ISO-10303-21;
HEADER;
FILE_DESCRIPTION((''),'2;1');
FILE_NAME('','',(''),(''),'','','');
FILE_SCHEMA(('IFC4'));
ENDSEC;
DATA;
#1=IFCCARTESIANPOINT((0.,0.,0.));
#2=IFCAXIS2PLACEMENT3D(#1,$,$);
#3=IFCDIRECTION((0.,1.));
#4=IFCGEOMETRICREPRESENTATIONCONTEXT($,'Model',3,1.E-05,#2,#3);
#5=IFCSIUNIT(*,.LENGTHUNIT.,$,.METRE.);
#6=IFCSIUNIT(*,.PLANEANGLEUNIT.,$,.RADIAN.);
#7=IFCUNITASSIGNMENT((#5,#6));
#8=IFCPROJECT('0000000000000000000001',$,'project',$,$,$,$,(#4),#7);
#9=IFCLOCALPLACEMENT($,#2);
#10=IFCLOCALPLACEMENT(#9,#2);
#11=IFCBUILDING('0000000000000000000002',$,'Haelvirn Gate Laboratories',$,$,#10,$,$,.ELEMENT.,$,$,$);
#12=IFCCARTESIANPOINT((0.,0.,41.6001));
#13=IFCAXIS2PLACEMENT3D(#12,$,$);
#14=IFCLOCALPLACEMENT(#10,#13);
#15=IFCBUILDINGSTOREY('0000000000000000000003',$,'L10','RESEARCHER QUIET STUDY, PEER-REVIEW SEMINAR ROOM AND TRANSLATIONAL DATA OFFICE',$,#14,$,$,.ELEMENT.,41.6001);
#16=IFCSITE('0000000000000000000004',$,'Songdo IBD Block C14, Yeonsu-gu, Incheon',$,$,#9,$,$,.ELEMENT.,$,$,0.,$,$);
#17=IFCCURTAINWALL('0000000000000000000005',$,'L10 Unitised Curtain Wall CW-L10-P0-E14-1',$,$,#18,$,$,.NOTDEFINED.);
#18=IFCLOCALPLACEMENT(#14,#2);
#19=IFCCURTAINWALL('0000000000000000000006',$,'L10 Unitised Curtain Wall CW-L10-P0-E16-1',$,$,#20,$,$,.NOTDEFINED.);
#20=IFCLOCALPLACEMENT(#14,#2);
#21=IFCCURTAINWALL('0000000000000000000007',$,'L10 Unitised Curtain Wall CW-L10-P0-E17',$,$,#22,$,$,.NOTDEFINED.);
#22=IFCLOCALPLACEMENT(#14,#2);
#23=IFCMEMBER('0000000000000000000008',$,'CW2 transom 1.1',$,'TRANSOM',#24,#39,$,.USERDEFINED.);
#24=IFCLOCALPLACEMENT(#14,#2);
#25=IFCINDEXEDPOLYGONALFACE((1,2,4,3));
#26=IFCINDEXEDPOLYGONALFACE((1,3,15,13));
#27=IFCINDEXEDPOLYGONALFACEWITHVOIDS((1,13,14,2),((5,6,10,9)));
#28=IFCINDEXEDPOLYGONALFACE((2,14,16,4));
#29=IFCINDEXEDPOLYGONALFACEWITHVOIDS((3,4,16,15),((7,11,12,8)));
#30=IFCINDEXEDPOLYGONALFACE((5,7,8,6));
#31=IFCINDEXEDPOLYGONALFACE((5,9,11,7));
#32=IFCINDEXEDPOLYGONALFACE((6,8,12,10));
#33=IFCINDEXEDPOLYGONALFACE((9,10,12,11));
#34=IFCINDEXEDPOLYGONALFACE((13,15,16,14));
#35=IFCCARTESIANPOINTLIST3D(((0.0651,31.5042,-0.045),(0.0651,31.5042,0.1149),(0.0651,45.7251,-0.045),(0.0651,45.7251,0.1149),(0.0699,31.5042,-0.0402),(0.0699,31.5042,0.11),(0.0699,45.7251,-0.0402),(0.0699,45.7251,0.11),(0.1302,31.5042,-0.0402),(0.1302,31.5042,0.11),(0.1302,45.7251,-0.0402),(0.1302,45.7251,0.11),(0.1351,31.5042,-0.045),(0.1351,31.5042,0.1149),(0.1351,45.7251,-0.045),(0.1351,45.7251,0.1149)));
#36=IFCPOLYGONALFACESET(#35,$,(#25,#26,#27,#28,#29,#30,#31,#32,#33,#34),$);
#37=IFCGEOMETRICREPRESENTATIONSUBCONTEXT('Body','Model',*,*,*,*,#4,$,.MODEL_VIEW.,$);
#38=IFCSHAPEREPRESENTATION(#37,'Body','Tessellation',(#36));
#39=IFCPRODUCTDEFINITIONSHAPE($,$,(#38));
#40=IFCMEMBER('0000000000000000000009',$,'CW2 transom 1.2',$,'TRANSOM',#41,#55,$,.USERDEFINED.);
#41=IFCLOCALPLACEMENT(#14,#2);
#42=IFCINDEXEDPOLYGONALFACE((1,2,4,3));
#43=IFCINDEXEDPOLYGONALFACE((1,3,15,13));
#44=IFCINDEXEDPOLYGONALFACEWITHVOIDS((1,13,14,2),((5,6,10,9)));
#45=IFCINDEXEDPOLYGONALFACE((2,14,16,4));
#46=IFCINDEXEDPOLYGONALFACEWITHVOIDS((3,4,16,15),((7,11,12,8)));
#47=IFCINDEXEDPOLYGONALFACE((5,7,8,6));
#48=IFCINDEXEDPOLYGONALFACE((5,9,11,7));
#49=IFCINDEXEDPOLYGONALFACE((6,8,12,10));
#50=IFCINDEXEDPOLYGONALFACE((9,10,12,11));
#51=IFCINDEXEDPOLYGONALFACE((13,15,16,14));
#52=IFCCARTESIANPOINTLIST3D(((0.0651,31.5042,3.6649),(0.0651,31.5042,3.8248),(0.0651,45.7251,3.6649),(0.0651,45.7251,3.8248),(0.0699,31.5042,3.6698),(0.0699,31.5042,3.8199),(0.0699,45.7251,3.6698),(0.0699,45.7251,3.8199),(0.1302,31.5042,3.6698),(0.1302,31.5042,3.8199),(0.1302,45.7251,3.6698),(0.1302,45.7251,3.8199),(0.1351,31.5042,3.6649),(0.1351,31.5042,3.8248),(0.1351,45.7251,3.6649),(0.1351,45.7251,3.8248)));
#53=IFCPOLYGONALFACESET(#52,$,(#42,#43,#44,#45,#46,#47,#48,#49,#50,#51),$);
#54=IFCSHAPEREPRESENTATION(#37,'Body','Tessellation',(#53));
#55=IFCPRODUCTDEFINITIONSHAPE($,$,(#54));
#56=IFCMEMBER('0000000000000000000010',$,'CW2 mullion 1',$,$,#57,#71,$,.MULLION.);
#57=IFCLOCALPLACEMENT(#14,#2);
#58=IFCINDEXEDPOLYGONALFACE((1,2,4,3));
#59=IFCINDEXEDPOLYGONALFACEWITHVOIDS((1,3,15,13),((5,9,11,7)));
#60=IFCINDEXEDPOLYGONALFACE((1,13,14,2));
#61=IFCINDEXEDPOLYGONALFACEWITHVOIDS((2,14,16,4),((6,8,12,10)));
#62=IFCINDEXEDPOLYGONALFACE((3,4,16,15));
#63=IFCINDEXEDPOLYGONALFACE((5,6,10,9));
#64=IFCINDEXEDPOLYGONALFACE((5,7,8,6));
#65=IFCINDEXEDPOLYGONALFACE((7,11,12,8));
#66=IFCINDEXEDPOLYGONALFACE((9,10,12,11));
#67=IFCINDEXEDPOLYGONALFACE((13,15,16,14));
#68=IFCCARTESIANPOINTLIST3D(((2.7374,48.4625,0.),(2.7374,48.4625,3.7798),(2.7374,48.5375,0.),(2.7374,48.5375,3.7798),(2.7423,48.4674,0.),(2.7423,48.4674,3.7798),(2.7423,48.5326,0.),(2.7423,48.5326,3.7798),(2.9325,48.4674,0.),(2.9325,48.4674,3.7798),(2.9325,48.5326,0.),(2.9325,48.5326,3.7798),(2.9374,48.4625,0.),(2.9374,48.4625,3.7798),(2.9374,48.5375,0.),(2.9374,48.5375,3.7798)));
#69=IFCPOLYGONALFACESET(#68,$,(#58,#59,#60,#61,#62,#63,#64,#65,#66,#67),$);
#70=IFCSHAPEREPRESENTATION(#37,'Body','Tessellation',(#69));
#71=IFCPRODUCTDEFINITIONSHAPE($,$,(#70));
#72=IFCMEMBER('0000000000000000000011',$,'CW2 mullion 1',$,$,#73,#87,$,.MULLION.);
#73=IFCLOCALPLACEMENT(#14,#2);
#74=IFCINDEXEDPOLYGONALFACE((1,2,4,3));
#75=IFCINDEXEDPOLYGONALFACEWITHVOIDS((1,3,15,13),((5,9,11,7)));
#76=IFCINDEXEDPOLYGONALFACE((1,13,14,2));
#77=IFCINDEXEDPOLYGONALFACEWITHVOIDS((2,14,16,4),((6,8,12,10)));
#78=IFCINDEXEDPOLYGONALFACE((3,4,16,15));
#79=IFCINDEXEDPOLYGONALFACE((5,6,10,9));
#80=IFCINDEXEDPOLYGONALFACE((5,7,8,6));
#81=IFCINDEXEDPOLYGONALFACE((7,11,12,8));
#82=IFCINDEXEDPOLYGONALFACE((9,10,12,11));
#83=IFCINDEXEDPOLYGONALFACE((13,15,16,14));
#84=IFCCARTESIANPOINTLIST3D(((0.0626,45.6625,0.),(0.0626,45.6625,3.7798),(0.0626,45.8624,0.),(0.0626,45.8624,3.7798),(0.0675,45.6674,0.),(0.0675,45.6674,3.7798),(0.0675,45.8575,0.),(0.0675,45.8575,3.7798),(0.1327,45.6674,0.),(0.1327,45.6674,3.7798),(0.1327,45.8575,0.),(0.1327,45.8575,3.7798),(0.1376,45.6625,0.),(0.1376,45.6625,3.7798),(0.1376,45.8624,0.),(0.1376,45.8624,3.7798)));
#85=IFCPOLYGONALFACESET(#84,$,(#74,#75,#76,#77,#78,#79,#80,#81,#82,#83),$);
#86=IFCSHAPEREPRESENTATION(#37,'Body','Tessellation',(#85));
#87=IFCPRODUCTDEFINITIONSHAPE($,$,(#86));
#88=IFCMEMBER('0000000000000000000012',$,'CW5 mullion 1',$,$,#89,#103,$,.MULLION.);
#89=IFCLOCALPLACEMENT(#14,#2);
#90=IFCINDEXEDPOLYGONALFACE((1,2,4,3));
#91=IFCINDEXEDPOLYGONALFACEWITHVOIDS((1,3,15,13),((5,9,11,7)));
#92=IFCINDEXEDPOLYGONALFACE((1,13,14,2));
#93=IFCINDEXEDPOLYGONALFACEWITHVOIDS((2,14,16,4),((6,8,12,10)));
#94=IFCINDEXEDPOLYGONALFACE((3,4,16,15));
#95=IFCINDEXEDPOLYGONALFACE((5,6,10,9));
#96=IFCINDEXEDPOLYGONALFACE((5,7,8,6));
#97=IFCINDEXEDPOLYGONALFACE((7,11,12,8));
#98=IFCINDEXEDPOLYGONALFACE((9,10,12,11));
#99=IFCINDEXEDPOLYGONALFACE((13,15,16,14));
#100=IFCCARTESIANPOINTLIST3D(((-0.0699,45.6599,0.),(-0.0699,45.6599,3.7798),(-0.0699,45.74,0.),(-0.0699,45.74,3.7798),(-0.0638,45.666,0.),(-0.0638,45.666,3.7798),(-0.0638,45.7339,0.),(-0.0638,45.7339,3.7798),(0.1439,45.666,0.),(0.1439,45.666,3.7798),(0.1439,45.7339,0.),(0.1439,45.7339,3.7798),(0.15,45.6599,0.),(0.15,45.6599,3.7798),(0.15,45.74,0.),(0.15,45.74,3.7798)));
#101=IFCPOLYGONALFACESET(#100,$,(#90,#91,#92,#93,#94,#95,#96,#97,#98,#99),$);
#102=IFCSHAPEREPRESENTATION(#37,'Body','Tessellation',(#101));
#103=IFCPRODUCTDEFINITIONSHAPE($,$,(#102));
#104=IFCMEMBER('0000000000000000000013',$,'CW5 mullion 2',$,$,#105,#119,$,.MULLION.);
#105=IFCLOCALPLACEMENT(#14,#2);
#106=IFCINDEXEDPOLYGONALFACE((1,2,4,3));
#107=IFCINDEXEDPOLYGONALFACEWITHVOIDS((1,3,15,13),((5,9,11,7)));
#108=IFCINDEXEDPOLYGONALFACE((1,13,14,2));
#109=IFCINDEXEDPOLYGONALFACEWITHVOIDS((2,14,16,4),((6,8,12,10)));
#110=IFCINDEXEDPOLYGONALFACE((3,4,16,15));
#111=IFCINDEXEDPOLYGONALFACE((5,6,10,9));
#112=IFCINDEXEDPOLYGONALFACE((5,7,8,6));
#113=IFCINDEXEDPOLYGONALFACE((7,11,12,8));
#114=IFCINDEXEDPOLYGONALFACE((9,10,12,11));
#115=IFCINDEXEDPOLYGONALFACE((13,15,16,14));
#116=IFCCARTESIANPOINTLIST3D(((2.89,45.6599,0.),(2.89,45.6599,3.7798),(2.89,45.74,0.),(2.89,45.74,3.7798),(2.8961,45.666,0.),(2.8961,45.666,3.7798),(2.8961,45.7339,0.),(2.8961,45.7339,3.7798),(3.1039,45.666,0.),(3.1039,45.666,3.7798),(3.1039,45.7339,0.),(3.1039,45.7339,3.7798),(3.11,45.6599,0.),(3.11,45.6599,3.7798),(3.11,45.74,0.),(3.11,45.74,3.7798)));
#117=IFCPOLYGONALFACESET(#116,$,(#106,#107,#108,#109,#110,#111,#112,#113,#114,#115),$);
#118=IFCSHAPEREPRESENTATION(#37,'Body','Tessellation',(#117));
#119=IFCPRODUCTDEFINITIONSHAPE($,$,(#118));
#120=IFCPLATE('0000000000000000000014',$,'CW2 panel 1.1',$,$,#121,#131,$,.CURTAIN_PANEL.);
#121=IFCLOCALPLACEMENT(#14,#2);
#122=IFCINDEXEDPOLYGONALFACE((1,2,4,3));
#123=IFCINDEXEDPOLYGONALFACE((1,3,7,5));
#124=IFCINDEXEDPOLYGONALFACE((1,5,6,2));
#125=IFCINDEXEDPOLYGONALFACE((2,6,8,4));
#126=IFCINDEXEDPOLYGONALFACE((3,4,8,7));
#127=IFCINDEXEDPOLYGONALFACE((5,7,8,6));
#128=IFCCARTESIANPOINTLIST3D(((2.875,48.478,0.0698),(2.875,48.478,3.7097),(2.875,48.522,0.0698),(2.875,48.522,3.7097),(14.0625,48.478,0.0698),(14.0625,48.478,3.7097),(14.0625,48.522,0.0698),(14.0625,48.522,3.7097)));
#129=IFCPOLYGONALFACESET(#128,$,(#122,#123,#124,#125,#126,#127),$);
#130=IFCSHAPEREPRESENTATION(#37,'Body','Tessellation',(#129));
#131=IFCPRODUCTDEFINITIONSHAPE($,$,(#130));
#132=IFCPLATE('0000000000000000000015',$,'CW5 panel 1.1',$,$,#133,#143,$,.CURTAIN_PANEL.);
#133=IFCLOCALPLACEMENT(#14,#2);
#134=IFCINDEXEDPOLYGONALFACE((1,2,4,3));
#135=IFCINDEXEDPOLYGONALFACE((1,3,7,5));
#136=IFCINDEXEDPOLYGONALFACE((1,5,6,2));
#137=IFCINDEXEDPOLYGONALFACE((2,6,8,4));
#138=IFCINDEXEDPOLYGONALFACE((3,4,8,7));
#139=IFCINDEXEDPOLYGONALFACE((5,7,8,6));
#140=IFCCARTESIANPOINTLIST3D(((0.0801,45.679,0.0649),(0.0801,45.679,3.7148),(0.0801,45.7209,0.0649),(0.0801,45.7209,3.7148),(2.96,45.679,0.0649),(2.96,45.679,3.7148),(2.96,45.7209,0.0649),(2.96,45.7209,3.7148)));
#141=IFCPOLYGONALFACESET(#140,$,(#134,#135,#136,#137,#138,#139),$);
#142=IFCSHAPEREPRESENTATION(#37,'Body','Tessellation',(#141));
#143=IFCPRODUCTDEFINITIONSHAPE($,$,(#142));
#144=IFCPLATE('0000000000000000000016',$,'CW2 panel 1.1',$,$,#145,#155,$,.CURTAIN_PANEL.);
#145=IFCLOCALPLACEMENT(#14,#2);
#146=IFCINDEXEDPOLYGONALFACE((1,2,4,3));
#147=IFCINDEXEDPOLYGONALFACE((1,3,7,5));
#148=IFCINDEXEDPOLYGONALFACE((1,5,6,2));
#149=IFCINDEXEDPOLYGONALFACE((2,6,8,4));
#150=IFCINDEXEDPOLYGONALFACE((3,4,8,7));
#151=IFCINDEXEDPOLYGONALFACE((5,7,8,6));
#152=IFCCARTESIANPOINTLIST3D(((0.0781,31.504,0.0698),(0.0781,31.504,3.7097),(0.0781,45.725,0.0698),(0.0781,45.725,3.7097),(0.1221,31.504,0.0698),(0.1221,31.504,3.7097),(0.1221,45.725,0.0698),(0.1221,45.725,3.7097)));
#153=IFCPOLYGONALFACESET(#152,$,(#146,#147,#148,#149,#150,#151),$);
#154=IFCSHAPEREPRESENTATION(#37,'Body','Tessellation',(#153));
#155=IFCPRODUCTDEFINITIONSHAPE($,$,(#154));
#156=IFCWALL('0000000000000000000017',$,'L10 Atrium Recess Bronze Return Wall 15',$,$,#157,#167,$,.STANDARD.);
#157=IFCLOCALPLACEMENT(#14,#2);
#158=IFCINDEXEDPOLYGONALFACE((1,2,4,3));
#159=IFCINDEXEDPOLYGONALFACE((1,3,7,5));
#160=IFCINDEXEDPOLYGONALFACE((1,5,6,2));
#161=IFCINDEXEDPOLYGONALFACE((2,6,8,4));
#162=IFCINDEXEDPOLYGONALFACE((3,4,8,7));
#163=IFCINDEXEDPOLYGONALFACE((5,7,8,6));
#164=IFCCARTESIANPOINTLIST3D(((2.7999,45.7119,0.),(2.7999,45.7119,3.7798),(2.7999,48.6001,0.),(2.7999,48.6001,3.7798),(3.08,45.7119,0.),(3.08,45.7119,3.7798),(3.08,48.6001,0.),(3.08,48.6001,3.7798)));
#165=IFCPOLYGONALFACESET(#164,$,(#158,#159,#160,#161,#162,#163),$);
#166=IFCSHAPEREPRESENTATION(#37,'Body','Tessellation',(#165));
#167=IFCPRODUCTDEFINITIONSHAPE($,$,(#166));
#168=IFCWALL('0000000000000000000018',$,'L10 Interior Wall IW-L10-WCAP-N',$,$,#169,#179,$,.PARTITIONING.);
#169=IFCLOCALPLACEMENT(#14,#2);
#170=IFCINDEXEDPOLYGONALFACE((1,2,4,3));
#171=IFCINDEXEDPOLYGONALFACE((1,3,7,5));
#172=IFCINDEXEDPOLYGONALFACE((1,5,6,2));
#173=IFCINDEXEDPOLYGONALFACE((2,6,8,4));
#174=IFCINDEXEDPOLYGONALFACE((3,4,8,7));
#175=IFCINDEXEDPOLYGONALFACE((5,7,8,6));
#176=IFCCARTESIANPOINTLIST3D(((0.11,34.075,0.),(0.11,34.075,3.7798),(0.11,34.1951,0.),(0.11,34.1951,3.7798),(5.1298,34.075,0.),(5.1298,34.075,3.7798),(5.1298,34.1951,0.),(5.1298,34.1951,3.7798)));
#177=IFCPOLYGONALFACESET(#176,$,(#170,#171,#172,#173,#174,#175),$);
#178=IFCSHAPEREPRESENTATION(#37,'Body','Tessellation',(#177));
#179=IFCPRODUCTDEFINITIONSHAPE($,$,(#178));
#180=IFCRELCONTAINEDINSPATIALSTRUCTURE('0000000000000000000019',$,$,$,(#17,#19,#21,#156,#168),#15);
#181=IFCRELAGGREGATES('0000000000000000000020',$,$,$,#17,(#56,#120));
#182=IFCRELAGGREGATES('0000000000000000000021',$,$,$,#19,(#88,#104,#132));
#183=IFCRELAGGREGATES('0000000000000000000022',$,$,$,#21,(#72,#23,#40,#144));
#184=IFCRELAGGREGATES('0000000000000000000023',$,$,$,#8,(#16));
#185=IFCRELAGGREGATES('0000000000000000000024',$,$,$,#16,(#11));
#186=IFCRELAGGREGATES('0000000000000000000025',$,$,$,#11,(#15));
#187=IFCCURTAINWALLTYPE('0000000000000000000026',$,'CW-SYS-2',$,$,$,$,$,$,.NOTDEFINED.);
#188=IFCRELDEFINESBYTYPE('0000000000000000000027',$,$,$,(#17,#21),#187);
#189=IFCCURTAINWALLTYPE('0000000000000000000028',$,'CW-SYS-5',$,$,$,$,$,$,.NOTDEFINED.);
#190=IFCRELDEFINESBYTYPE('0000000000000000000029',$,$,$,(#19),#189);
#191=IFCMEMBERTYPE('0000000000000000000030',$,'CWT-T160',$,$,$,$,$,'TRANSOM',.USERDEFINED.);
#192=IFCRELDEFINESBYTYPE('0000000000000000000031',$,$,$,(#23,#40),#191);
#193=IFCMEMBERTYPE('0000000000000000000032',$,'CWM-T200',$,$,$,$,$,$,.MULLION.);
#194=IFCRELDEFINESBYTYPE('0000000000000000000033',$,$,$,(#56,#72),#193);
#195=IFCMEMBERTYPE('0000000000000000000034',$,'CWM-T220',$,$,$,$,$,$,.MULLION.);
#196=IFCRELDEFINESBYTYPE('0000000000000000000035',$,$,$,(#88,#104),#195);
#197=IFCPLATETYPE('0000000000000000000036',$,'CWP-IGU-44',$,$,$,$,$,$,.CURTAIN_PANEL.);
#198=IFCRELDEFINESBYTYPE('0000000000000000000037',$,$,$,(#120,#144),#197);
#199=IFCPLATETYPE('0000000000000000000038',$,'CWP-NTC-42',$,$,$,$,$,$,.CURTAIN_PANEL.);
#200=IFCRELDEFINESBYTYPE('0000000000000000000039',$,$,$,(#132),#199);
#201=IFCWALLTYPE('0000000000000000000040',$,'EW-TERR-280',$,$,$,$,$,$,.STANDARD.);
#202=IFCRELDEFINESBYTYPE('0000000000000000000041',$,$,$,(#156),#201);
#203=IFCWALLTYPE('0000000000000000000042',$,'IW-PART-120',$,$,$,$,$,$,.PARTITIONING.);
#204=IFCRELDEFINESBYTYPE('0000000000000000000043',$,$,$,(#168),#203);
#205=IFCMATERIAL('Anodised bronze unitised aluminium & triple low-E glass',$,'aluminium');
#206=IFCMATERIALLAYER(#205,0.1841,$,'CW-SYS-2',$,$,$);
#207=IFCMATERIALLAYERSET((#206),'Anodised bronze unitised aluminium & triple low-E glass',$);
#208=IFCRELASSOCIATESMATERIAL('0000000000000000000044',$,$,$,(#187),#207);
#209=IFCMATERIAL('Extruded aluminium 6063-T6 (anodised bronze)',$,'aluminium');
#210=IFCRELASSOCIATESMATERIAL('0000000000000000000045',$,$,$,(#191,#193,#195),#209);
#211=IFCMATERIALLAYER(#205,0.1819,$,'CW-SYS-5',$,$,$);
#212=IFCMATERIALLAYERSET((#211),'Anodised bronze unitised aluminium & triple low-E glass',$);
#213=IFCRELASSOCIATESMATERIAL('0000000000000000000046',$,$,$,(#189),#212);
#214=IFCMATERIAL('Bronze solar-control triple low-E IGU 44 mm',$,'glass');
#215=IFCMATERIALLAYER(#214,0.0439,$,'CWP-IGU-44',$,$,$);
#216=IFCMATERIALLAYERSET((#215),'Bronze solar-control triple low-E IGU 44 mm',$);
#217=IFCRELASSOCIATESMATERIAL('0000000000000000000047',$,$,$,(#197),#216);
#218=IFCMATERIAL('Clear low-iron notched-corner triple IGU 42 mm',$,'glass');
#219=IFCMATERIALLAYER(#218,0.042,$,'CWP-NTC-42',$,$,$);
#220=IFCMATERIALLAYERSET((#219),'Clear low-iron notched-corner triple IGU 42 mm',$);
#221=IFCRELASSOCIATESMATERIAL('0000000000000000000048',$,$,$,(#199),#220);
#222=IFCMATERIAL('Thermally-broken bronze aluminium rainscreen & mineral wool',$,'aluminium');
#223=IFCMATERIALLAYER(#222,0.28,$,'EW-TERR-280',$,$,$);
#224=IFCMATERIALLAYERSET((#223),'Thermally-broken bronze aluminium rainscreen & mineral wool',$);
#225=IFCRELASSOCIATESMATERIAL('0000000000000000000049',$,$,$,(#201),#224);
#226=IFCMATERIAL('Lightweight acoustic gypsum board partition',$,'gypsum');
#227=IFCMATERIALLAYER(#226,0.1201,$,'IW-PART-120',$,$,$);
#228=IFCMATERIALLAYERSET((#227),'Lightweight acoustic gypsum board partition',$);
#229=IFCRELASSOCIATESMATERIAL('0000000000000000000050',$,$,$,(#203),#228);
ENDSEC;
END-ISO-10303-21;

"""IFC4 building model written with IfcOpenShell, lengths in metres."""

from ifc_helpers import new_model, si_unit, direction, frame, frame_2d, origin, origin_2d, place, context, subcontext, project, spatial, rectangle, hollow_rectangle, extrude, source, transform, mapped, material, layer, layer_set, material_profile, profile_set, type_object, type_shapes, element, aggregate, save


model = new_model("IFC4")

# Units and contexts
model_context = context("Model", 3, precision=1e-05, world=origin(), true_north=direction((0.0, 1.0)))
body_context = subcontext(model_context, "Body", "Model", "MODEL_VIEW")
ifc_project = project(units=[si_unit("LENGTHUNIT", "METRE"), si_unit("PLANEANGLEUNIT", "RADIAN")], contexts=[model_context])

# Site, building, storey
site_placement = place(None, origin())
site = spatial("IfcSite", under=ifc_project, at=site_placement, Name="Songdo IBD Block C14, Yeonsu-gu, Incheon", CompositionType="ELEMENT", RefElevation=0.0)
building_placement = place(site_placement, origin())
building = spatial("IfcBuilding", under=site, at=building_placement, Name="Haelvirn Gate Laboratories", CompositionType="ELEMENT")
storey_placement = place(building_placement, frame((0.0, 0.0, 41.6001)))
storey = spatial("IfcBuildingStorey", under=building, at=storey_placement, Name="L10", Description="RESEARCHER QUIET STUDY, PEER-REVIEW SEMINAR ROOM AND TRANSLATIONAL DATA OFFICE", CompositionType="ELEMENT", Elevation=41.6001)

# Curtain walls, members
ifc_material_1 = material(Name="Anodised bronze unitised aluminium & triple low-E glass", Category="aluminium")
ifc_layer_1 = layer(ifc_material_1, 0.1841, Name="CW-SYS-2")
ifc_layer_set_1 = layer_set([ifc_layer_1], Name="Anodised bronze unitised aluminium & triple low-E glass")
curtain_wall_type_1 = type_object("IfcCurtainWallType", Name="CW-SYS-2", PredefinedType="NOTDEFINED", material=ifc_layer_set_1)
curtain_wall_1_placement = place(storey_placement, origin())
curtain_wall_1 = element("IfcCurtainWall", 1, at=curtain_wall_1_placement, inside=storey, type_object=curtain_wall_type_1, Name="L10 Unitised Curtain Wall CW-L10-P0-E14-1", PredefinedType="NOTDEFINED")
ifc_material_2 = material(Name="Extruded aluminium 6063-T6 (anodised bronze)", Category="aluminium")
ifc_material_profile_1 = material_profile(ifc_material_2, hollow_rectangle(XDim=0.0701, YDim=0.1599, WallThickness=0.0049, at=origin_2d()), Name="CWT-160x70x5")
ifc_profile_set_1 = profile_set([ifc_material_profile_1], Name="Extruded aluminium 6063-T6 (anodised bronze)")
member_type_1 = type_object("IfcMemberType", Name="CWT-T160", ElementType="TRANSOM", PredefinedType="USERDEFINED", material=ifc_profile_set_1)
ifc_layer_2 = layer(ifc_material_1, 0.1819, Name="CW-SYS-5")
ifc_layer_set_2 = layer_set([ifc_layer_2], Name="Anodised bronze unitised aluminium & triple low-E glass")
curtain_wall_type_2 = type_object("IfcCurtainWallType", Name="CW-SYS-5", PredefinedType="NOTDEFINED", material=ifc_layer_set_2)
curtain_wall_2_placement = place(storey_placement, origin())
curtain_wall_2 = element("IfcCurtainWall", 2, at=curtain_wall_2_placement, inside=storey, type_object=curtain_wall_type_2, Name="L10 Unitised Curtain Wall CW-L10-P0-E16-1", PredefinedType="NOTDEFINED")
curtain_wall_3_placement = place(storey_placement, origin())
curtain_wall_3 = element("IfcCurtainWall", 3, at=curtain_wall_3_placement, inside=storey, type_object=curtain_wall_type_1, Name="L10 Unitised Curtain Wall CW-L10-P0-E17", PredefinedType="NOTDEFINED")
shared_shape_1 = source(origin(), body_context, "Body", "SweptSolid", [
    extrude(hollow_rectangle(XDim=0.0701, YDim=0.1599, WallThickness=0.0049, at=origin_2d()), origin(), (0.0, 0.0, 1.0), 14.2209),
])
member_1_placement = place(storey_placement, frame((0.1001, 45.7251, 0.0349), z_axis=(0.0, -1.0, 0.0), x_axis=(1.0, 0.0, 0.0)))
member_1 = element("IfcMember", 4, at=member_1_placement, type_object=member_type_1, Name="CW2 transom 1.1", ObjectType="TRANSOM", PredefinedType="USERDEFINED", context=body_context, shape_type="MappedRepresentation", body=[
    mapped(shared_shape_1, transform((0.0, 0.0, 0.0), scale=1.0)),
])
member_2_placement = place(storey_placement, frame((0.1001, 45.7251, 3.7449), z_axis=(0.0, -1.0, 0.0), x_axis=(1.0, 0.0, 0.0)))
member_2 = element("IfcMember", 5, at=member_2_placement, type_object=member_type_1, Name="CW2 transom 1.2", ObjectType="TRANSOM", PredefinedType="USERDEFINED", context=body_context, shape_type="MappedRepresentation", body=[
    mapped(shared_shape_1, transform((0.0, 0.0, 0.0), scale=1.0)),
])

# Members
ifc_material_profile_2 = material_profile(ifc_material_2, hollow_rectangle(XDim=0.075, YDim=0.2, WallThickness=0.0049, at=origin_2d()), Name="CWM-200x75x5")
ifc_profile_set_2 = profile_set([ifc_material_profile_2], Name="Extruded aluminium 6063-T6 (anodised bronze)")
member_type_2 = type_object("IfcMemberType", Name="CWM-T200", PredefinedType="MULLION", material=ifc_profile_set_2)
shared_shape_2 = source(origin(), body_context, "Body", "SweptSolid", [
    extrude(hollow_rectangle(XDim=0.075, YDim=0.2, WallThickness=0.0049, at=origin_2d()), origin(), (0.0, 0.0, 1.0), 3.7798),
])
type_shapes(member_type_2, [shared_shape_2])
member_3_placement = place(storey_placement, frame((2.8374, 48.5, 0.0), z_axis=(0.0, 0.0, 1.0), x_axis=(0.0, 1.0, 0.0)))
member_3 = element("IfcMember", 6, at=member_3_placement, type_object=member_type_2, Name="CW2 mullion 1", PredefinedType="MULLION", context=body_context, shape_type="MappedRepresentation", body=[
    mapped(shared_shape_2, transform((0.0, 0.0, 0.0), scale=1.0)),
])
member_4_placement = place(storey_placement, frame((0.1001, 45.7625, 0.0), z_axis=(0.0, 0.0, 1.0), x_axis=(1.0, 0.0, 0.0)))
member_4 = element("IfcMember", 7, at=member_4_placement, type_object=member_type_2, Name="CW2 mullion 1", PredefinedType="MULLION", context=body_context, shape_type="MappedRepresentation", body=[
    mapped(shared_shape_2, transform((0.0, 0.0, 0.0), scale=1.0)),
])
ifc_material_profile_3 = material_profile(ifc_material_2, hollow_rectangle(XDim=0.0801, YDim=0.22, WallThickness=0.0061, at=origin_2d()), Name="CWM-220x80x6")
ifc_profile_set_3 = profile_set([ifc_material_profile_3], Name="Extruded aluminium 6063-T6 (anodised bronze)")
member_type_3 = type_object("IfcMemberType", Name="CWM-T220", PredefinedType="MULLION", material=ifc_profile_set_3)
shared_shape_3 = source(origin(), body_context, "Body", "SweptSolid", [
    extrude(hollow_rectangle(XDim=0.0801, YDim=0.22, WallThickness=0.0061, at=origin_2d()), origin(), (0.0, 0.0, 1.0), 3.7798),
])
type_shapes(member_type_3, [shared_shape_3])
member_5_placement = place(storey_placement, frame((0.04, 45.7, 0.0), z_axis=(0.0, 0.0, 1.0), x_axis=(0.0, 1.0, 0.0)))
member_5 = element("IfcMember", 8, at=member_5_placement, type_object=member_type_3, Name="CW5 mullion 1", PredefinedType="MULLION", context=body_context, shape_type="MappedRepresentation", body=[
    mapped(shared_shape_3, transform((0.0, 0.0, 0.0), scale=1.0)),
])
member_6_placement = place(storey_placement, frame((3.0, 45.7, 0.0), z_axis=(0.0, 0.0, 1.0), x_axis=(0.0, 1.0, 0.0)))
member_6 = element("IfcMember", 9, at=member_6_placement, type_object=member_type_3, Name="CW5 mullion 2", PredefinedType="MULLION", context=body_context, shape_type="MappedRepresentation", body=[
    mapped(shared_shape_3, transform((0.0, 0.0, 0.0), scale=1.0)),
])

# Plates
ifc_material_3 = material(Name="Bronze solar-control triple low-E IGU 44 mm", Category="glass")
ifc_layer_3 = layer(ifc_material_3, 0.0439, Name="CWP-IGU-44")
ifc_layer_set_3 = layer_set([ifc_layer_3], Name="Bronze solar-control triple low-E IGU 44 mm")
plate_type_1 = type_object("IfcPlateType", Name="CWP-IGU-44", PredefinedType="CURTAIN_PANEL", material=ifc_layer_set_3)
shared_shape_4 = source(origin(), body_context, "Body", "SweptSolid", [
    extrude(rectangle(XDim=11.1875, YDim=0.0439, at=origin_2d()), origin(), (0.0, 0.0, 1.0), 3.6399),
])
plate_1_placement = place(storey_placement, frame((8.4688, 48.5, 0.0698), z_axis=(0.0, 0.0, 1.0), x_axis=(1.0, 0.0, 0.0)))
plate_1 = element("IfcPlate", 10, at=plate_1_placement, type_object=plate_type_1, Name="CW2 panel 1.1", PredefinedType="CURTAIN_PANEL", context=body_context, shape_type="MappedRepresentation", body=[
    mapped(shared_shape_4, transform((0.0, 0.0, 0.0), scale=1.0)),
])
aggregate(curtain_wall_1, [member_3, plate_1])
ifc_material_4 = material(Name="Clear low-iron notched-corner triple IGU 42 mm", Category="glass")
ifc_layer_4 = layer(ifc_material_4, 0.042, Name="CWP-NTC-42")
ifc_layer_set_4 = layer_set([ifc_layer_4], Name="Clear low-iron notched-corner triple IGU 42 mm")
plate_type_2 = type_object("IfcPlateType", Name="CWP-NTC-42", PredefinedType="CURTAIN_PANEL", material=ifc_layer_set_4)
shared_shape_5 = source(origin(), body_context, "Body", "SweptSolid", [
    extrude(rectangle(XDim=2.8799, YDim=0.042, at=origin_2d()), origin(), (0.0, 0.0, 1.0), 3.6499),
])
type_shapes(plate_type_2, [shared_shape_5])
plate_2_placement = place(storey_placement, frame((1.52, 45.7, 0.0649), z_axis=(0.0, 0.0, 1.0), x_axis=(1.0, 0.0, 0.0)))
plate_2 = element("IfcPlate", 11, at=plate_2_placement, type_object=plate_type_2, Name="CW5 panel 1.1", PredefinedType="CURTAIN_PANEL", context=body_context, shape_type="MappedRepresentation", body=[
    mapped(shared_shape_5, transform((0.0, 0.0, 0.0), scale=1.0)),
])
aggregate(curtain_wall_2, [member_5, member_6, plate_2])
shared_shape_6 = source(origin(), body_context, "Body", "SweptSolid", [
    extrude(rectangle(XDim=14.2209, YDim=0.0439, at=origin_2d()), origin(), (0.0, 0.0, 1.0), 3.6399),
])
type_shapes(plate_type_1, [shared_shape_4, shared_shape_6])
plate_3_placement = place(storey_placement, frame((0.1001, 38.6145, 0.0698), z_axis=(0.0, 0.0, 1.0), x_axis=(0.0, -1.0, 0.0)))
plate_3 = element("IfcPlate", 12, at=plate_3_placement, type_object=plate_type_1, Name="CW2 panel 1.1", PredefinedType="CURTAIN_PANEL", context=body_context, shape_type="MappedRepresentation", body=[
    mapped(shared_shape_6, transform((0.0, 0.0, 0.0), scale=1.0)),
])
aggregate(curtain_wall_3, [member_4, member_1, member_2, plate_3])

# Walls
ifc_material_5 = material(Name="Thermally-broken bronze aluminium rainscreen & mineral wool", Category="aluminium")
ifc_layer_5 = layer(ifc_material_5, 0.28, Name="EW-TERR-280")
ifc_layer_set_5 = layer_set([ifc_layer_5], Name="Thermally-broken bronze aluminium rainscreen & mineral wool")
wall_type_1 = type_object("IfcWallType", Name="EW-TERR-280", PredefinedType="STANDARD", material=ifc_layer_set_5)
wall_1_placement = place(storey_placement, frame((2.9399, 48.6001, 0.0), z_axis=(0.0, 0.0, 1.0), x_axis=(0.0, -1.0, 0.0)))
element("IfcWall", 13, at=wall_1_placement, inside=storey, type_object=wall_type_1, Name="L10 Atrium Recess Bronze Return Wall 15", PredefinedType="STANDARD", context=body_context, shape_type="SweptSolid", body=[
    extrude(rectangle(XDim=2.8882, YDim=0.28, at=frame_2d((1.4441, 0.0))), origin(), (0.0, 0.0, 1.0), 3.7798),
])
ifc_material_6 = material(Name="Lightweight acoustic gypsum board partition", Category="gypsum")
ifc_layer_6 = layer(ifc_material_6, 0.1201, Name="IW-PART-120")
ifc_layer_set_6 = layer_set([ifc_layer_6], Name="Lightweight acoustic gypsum board partition")
wall_type_2 = type_object("IfcWallType", Name="IW-PART-120", PredefinedType="PARTITIONING", material=ifc_layer_set_6)
wall_2_placement = place(storey_placement, frame((0.1101, 34.135, 0.0), z_axis=(0.0, 0.0, 1.0), x_axis=(1.0, 0.0, 0.0)))
element("IfcWall", 14, at=wall_2_placement, inside=storey, type_object=wall_type_2, Name="L10 Interior Wall IW-L10-WCAP-N", PredefinedType="PARTITIONING", context=body_context, shape_type="SweptSolid", body=[
    extrude(rectangle(XDim=5.0198, YDim=0.1201, at=frame_2d((2.5098, 0.0))), origin(), (0.0, 0.0, 1.0), 3.7798),
])

save(model, "model.ifc")
